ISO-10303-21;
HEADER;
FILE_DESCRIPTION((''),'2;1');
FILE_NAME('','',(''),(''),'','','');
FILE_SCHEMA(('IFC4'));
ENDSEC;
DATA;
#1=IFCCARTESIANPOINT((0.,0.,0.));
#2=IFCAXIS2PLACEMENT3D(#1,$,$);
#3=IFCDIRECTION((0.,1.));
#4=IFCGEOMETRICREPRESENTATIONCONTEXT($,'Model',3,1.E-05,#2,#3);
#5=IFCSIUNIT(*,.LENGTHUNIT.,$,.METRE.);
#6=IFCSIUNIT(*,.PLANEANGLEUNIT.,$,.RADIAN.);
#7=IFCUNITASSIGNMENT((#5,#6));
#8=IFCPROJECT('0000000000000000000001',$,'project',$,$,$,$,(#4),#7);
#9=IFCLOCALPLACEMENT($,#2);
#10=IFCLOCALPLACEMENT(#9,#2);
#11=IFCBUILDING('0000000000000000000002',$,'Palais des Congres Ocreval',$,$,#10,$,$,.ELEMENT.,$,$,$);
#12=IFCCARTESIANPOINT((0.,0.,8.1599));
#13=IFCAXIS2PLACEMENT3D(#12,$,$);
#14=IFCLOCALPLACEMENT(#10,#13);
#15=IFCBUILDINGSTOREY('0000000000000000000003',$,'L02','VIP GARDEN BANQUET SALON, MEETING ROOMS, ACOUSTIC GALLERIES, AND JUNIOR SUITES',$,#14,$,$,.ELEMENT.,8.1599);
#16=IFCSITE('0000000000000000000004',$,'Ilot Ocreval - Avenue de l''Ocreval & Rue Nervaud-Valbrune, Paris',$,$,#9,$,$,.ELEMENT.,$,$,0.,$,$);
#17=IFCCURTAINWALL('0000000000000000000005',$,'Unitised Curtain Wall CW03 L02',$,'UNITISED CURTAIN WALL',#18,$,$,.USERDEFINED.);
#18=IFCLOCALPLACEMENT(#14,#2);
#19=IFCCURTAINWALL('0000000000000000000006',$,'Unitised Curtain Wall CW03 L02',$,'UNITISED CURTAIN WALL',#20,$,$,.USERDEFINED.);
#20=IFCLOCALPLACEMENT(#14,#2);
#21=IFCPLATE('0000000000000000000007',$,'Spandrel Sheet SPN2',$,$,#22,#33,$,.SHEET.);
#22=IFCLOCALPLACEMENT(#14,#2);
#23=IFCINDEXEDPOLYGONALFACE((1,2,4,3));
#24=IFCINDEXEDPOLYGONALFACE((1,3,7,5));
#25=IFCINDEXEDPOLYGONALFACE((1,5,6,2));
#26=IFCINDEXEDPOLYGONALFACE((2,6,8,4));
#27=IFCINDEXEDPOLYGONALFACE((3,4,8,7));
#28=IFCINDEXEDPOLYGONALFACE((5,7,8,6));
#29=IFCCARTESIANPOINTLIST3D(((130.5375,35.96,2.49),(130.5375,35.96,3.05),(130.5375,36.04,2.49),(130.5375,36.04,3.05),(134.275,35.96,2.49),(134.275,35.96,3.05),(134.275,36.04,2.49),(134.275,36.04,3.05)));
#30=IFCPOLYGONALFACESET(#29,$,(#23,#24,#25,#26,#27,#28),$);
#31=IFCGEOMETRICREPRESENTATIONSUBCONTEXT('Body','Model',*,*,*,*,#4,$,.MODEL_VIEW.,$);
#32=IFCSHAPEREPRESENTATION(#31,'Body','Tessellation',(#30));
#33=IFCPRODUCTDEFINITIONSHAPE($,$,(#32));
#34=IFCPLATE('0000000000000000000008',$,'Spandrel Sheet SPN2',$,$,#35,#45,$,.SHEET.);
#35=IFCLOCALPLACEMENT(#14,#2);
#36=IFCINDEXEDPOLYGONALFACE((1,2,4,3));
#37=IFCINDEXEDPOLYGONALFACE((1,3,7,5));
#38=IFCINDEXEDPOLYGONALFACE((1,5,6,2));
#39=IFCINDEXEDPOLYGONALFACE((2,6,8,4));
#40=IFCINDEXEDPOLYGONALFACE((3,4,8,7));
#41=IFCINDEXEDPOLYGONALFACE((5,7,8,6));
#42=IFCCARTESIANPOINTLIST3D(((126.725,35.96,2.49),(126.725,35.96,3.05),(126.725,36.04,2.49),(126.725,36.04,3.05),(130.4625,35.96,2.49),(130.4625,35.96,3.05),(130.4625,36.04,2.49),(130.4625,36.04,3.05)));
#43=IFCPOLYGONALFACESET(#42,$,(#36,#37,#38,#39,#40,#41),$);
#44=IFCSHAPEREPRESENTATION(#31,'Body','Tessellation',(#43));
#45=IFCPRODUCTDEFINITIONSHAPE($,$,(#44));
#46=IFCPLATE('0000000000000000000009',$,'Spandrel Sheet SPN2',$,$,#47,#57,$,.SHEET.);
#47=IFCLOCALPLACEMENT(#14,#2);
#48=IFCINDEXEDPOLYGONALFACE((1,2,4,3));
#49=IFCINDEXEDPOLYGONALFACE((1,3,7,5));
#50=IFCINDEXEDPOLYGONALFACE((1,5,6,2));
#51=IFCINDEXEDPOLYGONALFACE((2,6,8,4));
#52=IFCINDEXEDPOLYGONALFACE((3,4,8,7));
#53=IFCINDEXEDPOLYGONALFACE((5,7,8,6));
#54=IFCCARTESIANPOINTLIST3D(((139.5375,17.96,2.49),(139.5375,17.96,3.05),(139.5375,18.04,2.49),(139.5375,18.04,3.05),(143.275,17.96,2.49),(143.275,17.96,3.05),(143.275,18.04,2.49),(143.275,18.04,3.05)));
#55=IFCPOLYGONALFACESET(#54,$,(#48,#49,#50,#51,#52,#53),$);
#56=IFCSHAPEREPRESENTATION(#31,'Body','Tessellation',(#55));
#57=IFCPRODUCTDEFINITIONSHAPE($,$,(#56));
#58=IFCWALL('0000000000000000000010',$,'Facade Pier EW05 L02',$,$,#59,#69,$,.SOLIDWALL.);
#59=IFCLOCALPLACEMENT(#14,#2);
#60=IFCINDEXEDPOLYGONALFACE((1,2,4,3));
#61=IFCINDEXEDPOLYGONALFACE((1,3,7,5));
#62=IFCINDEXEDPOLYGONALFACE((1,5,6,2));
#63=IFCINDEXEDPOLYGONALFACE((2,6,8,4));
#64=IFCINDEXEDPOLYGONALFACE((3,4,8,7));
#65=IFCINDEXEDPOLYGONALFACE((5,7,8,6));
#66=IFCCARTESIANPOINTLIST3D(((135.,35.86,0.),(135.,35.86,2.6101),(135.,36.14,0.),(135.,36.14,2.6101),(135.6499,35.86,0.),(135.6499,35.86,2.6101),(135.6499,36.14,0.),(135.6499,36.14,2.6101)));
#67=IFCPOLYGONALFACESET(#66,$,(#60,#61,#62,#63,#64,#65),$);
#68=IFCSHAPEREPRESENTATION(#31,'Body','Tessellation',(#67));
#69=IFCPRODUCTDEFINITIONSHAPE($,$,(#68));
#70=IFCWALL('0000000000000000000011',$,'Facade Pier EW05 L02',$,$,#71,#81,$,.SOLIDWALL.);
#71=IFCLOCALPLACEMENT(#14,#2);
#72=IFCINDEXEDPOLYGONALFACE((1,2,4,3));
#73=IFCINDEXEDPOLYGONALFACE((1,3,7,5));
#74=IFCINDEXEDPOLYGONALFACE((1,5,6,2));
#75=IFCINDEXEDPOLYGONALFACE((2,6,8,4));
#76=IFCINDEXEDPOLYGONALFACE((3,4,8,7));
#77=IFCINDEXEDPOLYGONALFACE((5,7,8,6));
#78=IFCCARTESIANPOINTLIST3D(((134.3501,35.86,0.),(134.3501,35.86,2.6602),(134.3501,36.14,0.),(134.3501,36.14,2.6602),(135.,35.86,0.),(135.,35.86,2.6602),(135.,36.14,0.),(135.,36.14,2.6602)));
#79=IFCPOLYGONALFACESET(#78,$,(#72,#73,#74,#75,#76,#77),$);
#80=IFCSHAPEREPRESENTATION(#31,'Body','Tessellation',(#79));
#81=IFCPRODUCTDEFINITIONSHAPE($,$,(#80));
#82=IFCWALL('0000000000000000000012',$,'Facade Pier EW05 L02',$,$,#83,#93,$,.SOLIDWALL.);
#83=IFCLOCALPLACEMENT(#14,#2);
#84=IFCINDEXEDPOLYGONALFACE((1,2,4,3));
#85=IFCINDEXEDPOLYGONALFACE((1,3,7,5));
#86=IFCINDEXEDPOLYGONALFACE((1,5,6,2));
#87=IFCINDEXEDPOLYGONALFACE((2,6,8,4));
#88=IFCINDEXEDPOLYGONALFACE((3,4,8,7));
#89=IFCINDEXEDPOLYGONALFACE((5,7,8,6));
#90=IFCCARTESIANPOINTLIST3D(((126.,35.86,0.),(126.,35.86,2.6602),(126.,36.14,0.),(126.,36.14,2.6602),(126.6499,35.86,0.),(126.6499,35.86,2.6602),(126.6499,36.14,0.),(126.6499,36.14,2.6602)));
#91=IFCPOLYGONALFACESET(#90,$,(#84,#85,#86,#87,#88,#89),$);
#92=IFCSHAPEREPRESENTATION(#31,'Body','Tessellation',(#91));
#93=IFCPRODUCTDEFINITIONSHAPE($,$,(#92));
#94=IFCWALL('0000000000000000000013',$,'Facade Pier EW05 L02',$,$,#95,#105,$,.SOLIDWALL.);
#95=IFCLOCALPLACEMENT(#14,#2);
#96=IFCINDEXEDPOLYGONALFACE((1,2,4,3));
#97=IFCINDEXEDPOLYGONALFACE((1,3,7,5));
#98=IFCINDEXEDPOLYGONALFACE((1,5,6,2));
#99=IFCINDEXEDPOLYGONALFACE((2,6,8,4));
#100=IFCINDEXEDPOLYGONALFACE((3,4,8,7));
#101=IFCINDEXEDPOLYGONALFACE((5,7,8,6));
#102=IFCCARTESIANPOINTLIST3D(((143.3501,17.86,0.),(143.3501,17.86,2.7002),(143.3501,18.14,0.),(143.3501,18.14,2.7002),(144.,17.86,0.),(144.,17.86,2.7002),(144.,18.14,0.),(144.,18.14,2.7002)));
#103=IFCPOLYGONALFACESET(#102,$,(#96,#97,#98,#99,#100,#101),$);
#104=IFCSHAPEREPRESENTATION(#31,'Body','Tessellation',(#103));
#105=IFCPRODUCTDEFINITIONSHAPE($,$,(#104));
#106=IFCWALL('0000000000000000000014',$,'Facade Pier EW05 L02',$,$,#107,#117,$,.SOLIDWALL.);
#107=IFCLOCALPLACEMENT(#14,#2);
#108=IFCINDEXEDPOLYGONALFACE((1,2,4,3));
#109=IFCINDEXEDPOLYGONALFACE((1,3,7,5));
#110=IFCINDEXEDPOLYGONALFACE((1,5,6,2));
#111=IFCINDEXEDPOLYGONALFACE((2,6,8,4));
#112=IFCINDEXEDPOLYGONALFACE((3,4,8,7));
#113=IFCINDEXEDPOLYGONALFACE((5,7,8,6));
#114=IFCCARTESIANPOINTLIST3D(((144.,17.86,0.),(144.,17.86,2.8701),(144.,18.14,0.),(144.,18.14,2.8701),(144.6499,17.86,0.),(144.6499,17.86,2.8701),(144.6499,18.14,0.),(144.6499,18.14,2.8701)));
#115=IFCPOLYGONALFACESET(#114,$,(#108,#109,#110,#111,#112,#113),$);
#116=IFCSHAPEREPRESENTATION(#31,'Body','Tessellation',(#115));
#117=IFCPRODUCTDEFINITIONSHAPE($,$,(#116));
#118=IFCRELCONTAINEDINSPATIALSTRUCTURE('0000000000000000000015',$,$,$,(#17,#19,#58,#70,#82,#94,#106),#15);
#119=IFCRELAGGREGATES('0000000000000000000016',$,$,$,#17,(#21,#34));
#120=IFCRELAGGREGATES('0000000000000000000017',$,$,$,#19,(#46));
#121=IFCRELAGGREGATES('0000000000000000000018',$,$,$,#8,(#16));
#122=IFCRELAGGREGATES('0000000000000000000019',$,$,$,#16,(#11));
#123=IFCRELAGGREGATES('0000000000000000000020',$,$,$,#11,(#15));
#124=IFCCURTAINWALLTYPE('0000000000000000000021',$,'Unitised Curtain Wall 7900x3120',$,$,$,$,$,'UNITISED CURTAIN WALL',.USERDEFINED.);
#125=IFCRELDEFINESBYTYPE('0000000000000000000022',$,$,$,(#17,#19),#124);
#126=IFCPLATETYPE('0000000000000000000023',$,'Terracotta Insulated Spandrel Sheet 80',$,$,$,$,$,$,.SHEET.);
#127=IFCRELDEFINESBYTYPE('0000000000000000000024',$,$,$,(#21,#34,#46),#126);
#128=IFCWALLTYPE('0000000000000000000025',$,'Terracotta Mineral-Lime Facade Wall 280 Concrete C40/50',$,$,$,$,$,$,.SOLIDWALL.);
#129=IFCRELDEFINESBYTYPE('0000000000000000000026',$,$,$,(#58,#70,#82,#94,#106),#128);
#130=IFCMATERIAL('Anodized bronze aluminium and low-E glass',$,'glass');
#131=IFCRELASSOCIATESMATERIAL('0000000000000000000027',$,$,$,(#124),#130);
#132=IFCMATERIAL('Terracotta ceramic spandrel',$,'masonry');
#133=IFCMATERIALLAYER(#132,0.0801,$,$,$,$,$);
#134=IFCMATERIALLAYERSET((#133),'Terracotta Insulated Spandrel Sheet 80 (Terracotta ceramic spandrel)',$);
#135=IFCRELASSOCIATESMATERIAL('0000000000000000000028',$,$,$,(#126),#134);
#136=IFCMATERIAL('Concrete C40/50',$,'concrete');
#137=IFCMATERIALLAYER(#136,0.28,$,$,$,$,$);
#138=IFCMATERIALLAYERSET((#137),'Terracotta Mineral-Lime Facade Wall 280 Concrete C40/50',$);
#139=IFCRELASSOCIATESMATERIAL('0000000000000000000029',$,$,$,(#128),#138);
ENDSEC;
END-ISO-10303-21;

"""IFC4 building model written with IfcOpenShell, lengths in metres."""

from ifc_helpers import new_model, si_unit, direction, frame, frame_2d, origin, origin_2d, place, context, subcontext, project, spatial, rectangle, extrude, material, layer, layer_set, type_object, element, aggregate, save


model = new_model("IFC4")

# Units and contexts
model_context = context("Model", 3, precision=1e-05, world=origin(), true_north=direction((0.0, 1.0)))
body_context = subcontext(model_context, "Body", "Model", "MODEL_VIEW")
ifc_project = project(units=[si_unit("LENGTHUNIT", "METRE"), si_unit("PLANEANGLEUNIT", "RADIAN")], contexts=[model_context])

# Site, building, storey
site_placement = place(None, origin())
site = spatial("IfcSite", under=ifc_project, at=site_placement, Name="Ilot Ocreval - Avenue de l'Ocreval & Rue Nervaud-Valbrune, Paris", CompositionType="ELEMENT", RefElevation=0.0)
building_placement = place(site_placement, origin())
building = spatial("IfcBuilding", under=site, at=building_placement, Name="Palais des Congres Ocreval", CompositionType="ELEMENT")
storey_placement = place(building_placement, frame((0.0, 0.0, 8.1599)))
storey = spatial("IfcBuildingStorey", under=building, at=storey_placement, Name="L02", Description="VIP GARDEN BANQUET SALON, MEETING ROOMS, ACOUSTIC GALLERIES, AND JUNIOR SUITES", CompositionType="ELEMENT", Elevation=8.1599)

# Curtain wall
ifc_material_1 = material(Name="Anodized bronze aluminium and low-E glass", Category="glass")
curtain_wall_type = type_object("IfcCurtainWallType", Name="Unitised Curtain Wall 7900x3120", ElementType="UNITISED CURTAIN WALL", PredefinedType="USERDEFINED", material=ifc_material_1)
curtain_wall_1_placement = place(storey_placement, origin())
curtain_wall_1 = element("IfcCurtainWall", 1, at=curtain_wall_1_placement, inside=storey, type_object=curtain_wall_type, Name="Unitised Curtain Wall CW03 L02", ObjectType="UNITISED CURTAIN WALL", PredefinedType="USERDEFINED")

# Curtain wall
curtain_wall_2_placement = place(storey_placement, origin())
curtain_wall_2 = element("IfcCurtainWall", 2, at=curtain_wall_2_placement, inside=storey, type_object=curtain_wall_type, Name="Unitised Curtain Wall CW03 L02", ObjectType="UNITISED CURTAIN WALL", PredefinedType="USERDEFINED")

# Plates
ifc_material_2 = material(Name="Terracotta ceramic spandrel", Category="masonry")
ifc_layer_1 = layer(ifc_material_2, 0.0801)
ifc_layer_set_1 = layer_set([ifc_layer_1], Name="Terracotta Insulated Spandrel Sheet 80 (Terracotta ceramic spandrel)")
plate_type_1 = type_object("IfcPlateType", Name="Terracotta Insulated Spandrel Sheet 80", PredefinedType="SHEET", material=ifc_layer_set_1)
plate_1_placement = place(storey_placement, frame((132.4062, 36.0, 2.49), z_axis=(0.0, 0.0, 1.0), x_axis=(-1.0, 0.0, 0.0)))
plate_1 = element("IfcPlate", 3, at=plate_1_placement, type_object=plate_type_1, Name="Spandrel Sheet SPN2", PredefinedType="SHEET", context=body_context, shape_type="SweptSolid", body=[
    extrude(rectangle(XDim=3.7375, YDim=0.0801, at=origin_2d()), origin(), (0.0, 0.0, 1.0), 0.5601),
])
plate_2_placement = place(storey_placement, frame((128.5938, 36.0, 2.49), z_axis=(0.0, 0.0, 1.0), x_axis=(-1.0, 0.0, 0.0)))
plate_2 = element("IfcPlate", 4, at=plate_2_placement, type_object=plate_type_1, Name="Spandrel Sheet SPN2", PredefinedType="SHEET", context=body_context, shape_type="SweptSolid", body=[
    extrude(rectangle(XDim=3.7375, YDim=0.0801, at=origin_2d()), origin(), (0.0, 0.0, 1.0), 0.5601),
])
aggregate(curtain_wall_1, [plate_1, plate_2])
plate_3_placement = place(storey_placement, frame((141.4062, 18.0, 2.49), z_axis=(0.0, 0.0, 1.0), x_axis=(1.0, 0.0, 0.0)))
plate_3 = element("IfcPlate", 5, at=plate_3_placement, type_object=plate_type_1, Name="Spandrel Sheet SPN2", PredefinedType="SHEET", context=body_context, shape_type="SweptSolid", body=[
    extrude(rectangle(XDim=3.7375, YDim=0.0801, at=origin_2d()), origin(), (0.0, 0.0, 1.0), 0.5601),
])
aggregate(curtain_wall_2, [plate_3])

# Walls
ifc_material_3 = material(Name="Concrete C40/50", Category="concrete")
ifc_layer_2 = layer(ifc_material_3, 0.28)
ifc_layer_set_2 = layer_set([ifc_layer_2], Name="Terracotta Mineral-Lime Facade Wall 280 Concrete C40/50")
wall_type = type_object("IfcWallType", Name="Terracotta Mineral-Lime Facade Wall 280 Concrete C40/50", PredefinedType="SOLIDWALL", material=ifc_layer_set_2)
wall_1_placement = place(storey_placement, frame((135.6499, 36.0, 0.0), z_axis=(0.0, 0.0, 1.0), x_axis=(-1.0, 0.0, 0.0)))
element("IfcWall", 6, at=wall_1_placement, inside=storey, type_object=wall_type, Name="Facade Pier EW05 L02", PredefinedType="SOLIDWALL", context=body_context, shape_type="SweptSolid", body=[
    extrude(rectangle(XDim=0.6499, YDim=0.28, at=frame_2d((0.325, 0.0))), origin(), (0.0, 0.0, 1.0), 2.6101),
])
for number, where, z_axis, x_axis, name in (
    (7, (135.0, 36.0, 0.0), (0.0, 0.0, 1.0), (-1.0, 0.0, 0.0), "Facade Pier EW05 L02"),
    (8, (126.6499, 36.0, 0.0), (0.0, 0.0, 1.0), (-1.0, 0.0, 0.0), "Facade Pier EW05 L02"),
):
    element("IfcWall", number, at=place(storey_placement, frame(where, z_axis=z_axis, x_axis=x_axis)), inside=storey, type_object=wall_type, Name=name, PredefinedType="SOLIDWALL", context=body_context, shape_type="SweptSolid", body=[
        extrude(rectangle(XDim=0.6499, YDim=0.28, at=frame_2d((0.325, 0.0))), origin(), (0.0, 0.0, 1.0), 2.6602),
    ])
wall_2_placement = place(storey_placement, frame((143.3501, 18.0, 0.0), z_axis=(0.0, 0.0, 1.0), x_axis=(1.0, 0.0, 0.0)))
element("IfcWall", 9, at=wall_2_placement, inside=storey, type_object=wall_type, Name="Facade Pier EW05 L02", PredefinedType="SOLIDWALL", context=body_context, shape_type="SweptSolid", body=[
    extrude(rectangle(XDim=0.6499, YDim=0.28, at=frame_2d((0.325, 0.0))), origin(), (0.0, 0.0, 1.0), 2.7002),
])
wall_3_placement = place(storey_placement, frame((144.0, 18.0, 0.0), z_axis=(0.0, 0.0, 1.0), x_axis=(1.0, 0.0, 0.0)))
element("IfcWall", 10, at=wall_3_placement, inside=storey, type_object=wall_type, Name="Facade Pier EW05 L02", PredefinedType="SOLIDWALL", context=body_context, shape_type="SweptSolid", body=[
    extrude(rectangle(XDim=0.6499, YDim=0.28, at=frame_2d((0.325, 0.0))), origin(), (0.0, 0.0, 1.0), 2.8701),
])

save(model, "model.ifc")
